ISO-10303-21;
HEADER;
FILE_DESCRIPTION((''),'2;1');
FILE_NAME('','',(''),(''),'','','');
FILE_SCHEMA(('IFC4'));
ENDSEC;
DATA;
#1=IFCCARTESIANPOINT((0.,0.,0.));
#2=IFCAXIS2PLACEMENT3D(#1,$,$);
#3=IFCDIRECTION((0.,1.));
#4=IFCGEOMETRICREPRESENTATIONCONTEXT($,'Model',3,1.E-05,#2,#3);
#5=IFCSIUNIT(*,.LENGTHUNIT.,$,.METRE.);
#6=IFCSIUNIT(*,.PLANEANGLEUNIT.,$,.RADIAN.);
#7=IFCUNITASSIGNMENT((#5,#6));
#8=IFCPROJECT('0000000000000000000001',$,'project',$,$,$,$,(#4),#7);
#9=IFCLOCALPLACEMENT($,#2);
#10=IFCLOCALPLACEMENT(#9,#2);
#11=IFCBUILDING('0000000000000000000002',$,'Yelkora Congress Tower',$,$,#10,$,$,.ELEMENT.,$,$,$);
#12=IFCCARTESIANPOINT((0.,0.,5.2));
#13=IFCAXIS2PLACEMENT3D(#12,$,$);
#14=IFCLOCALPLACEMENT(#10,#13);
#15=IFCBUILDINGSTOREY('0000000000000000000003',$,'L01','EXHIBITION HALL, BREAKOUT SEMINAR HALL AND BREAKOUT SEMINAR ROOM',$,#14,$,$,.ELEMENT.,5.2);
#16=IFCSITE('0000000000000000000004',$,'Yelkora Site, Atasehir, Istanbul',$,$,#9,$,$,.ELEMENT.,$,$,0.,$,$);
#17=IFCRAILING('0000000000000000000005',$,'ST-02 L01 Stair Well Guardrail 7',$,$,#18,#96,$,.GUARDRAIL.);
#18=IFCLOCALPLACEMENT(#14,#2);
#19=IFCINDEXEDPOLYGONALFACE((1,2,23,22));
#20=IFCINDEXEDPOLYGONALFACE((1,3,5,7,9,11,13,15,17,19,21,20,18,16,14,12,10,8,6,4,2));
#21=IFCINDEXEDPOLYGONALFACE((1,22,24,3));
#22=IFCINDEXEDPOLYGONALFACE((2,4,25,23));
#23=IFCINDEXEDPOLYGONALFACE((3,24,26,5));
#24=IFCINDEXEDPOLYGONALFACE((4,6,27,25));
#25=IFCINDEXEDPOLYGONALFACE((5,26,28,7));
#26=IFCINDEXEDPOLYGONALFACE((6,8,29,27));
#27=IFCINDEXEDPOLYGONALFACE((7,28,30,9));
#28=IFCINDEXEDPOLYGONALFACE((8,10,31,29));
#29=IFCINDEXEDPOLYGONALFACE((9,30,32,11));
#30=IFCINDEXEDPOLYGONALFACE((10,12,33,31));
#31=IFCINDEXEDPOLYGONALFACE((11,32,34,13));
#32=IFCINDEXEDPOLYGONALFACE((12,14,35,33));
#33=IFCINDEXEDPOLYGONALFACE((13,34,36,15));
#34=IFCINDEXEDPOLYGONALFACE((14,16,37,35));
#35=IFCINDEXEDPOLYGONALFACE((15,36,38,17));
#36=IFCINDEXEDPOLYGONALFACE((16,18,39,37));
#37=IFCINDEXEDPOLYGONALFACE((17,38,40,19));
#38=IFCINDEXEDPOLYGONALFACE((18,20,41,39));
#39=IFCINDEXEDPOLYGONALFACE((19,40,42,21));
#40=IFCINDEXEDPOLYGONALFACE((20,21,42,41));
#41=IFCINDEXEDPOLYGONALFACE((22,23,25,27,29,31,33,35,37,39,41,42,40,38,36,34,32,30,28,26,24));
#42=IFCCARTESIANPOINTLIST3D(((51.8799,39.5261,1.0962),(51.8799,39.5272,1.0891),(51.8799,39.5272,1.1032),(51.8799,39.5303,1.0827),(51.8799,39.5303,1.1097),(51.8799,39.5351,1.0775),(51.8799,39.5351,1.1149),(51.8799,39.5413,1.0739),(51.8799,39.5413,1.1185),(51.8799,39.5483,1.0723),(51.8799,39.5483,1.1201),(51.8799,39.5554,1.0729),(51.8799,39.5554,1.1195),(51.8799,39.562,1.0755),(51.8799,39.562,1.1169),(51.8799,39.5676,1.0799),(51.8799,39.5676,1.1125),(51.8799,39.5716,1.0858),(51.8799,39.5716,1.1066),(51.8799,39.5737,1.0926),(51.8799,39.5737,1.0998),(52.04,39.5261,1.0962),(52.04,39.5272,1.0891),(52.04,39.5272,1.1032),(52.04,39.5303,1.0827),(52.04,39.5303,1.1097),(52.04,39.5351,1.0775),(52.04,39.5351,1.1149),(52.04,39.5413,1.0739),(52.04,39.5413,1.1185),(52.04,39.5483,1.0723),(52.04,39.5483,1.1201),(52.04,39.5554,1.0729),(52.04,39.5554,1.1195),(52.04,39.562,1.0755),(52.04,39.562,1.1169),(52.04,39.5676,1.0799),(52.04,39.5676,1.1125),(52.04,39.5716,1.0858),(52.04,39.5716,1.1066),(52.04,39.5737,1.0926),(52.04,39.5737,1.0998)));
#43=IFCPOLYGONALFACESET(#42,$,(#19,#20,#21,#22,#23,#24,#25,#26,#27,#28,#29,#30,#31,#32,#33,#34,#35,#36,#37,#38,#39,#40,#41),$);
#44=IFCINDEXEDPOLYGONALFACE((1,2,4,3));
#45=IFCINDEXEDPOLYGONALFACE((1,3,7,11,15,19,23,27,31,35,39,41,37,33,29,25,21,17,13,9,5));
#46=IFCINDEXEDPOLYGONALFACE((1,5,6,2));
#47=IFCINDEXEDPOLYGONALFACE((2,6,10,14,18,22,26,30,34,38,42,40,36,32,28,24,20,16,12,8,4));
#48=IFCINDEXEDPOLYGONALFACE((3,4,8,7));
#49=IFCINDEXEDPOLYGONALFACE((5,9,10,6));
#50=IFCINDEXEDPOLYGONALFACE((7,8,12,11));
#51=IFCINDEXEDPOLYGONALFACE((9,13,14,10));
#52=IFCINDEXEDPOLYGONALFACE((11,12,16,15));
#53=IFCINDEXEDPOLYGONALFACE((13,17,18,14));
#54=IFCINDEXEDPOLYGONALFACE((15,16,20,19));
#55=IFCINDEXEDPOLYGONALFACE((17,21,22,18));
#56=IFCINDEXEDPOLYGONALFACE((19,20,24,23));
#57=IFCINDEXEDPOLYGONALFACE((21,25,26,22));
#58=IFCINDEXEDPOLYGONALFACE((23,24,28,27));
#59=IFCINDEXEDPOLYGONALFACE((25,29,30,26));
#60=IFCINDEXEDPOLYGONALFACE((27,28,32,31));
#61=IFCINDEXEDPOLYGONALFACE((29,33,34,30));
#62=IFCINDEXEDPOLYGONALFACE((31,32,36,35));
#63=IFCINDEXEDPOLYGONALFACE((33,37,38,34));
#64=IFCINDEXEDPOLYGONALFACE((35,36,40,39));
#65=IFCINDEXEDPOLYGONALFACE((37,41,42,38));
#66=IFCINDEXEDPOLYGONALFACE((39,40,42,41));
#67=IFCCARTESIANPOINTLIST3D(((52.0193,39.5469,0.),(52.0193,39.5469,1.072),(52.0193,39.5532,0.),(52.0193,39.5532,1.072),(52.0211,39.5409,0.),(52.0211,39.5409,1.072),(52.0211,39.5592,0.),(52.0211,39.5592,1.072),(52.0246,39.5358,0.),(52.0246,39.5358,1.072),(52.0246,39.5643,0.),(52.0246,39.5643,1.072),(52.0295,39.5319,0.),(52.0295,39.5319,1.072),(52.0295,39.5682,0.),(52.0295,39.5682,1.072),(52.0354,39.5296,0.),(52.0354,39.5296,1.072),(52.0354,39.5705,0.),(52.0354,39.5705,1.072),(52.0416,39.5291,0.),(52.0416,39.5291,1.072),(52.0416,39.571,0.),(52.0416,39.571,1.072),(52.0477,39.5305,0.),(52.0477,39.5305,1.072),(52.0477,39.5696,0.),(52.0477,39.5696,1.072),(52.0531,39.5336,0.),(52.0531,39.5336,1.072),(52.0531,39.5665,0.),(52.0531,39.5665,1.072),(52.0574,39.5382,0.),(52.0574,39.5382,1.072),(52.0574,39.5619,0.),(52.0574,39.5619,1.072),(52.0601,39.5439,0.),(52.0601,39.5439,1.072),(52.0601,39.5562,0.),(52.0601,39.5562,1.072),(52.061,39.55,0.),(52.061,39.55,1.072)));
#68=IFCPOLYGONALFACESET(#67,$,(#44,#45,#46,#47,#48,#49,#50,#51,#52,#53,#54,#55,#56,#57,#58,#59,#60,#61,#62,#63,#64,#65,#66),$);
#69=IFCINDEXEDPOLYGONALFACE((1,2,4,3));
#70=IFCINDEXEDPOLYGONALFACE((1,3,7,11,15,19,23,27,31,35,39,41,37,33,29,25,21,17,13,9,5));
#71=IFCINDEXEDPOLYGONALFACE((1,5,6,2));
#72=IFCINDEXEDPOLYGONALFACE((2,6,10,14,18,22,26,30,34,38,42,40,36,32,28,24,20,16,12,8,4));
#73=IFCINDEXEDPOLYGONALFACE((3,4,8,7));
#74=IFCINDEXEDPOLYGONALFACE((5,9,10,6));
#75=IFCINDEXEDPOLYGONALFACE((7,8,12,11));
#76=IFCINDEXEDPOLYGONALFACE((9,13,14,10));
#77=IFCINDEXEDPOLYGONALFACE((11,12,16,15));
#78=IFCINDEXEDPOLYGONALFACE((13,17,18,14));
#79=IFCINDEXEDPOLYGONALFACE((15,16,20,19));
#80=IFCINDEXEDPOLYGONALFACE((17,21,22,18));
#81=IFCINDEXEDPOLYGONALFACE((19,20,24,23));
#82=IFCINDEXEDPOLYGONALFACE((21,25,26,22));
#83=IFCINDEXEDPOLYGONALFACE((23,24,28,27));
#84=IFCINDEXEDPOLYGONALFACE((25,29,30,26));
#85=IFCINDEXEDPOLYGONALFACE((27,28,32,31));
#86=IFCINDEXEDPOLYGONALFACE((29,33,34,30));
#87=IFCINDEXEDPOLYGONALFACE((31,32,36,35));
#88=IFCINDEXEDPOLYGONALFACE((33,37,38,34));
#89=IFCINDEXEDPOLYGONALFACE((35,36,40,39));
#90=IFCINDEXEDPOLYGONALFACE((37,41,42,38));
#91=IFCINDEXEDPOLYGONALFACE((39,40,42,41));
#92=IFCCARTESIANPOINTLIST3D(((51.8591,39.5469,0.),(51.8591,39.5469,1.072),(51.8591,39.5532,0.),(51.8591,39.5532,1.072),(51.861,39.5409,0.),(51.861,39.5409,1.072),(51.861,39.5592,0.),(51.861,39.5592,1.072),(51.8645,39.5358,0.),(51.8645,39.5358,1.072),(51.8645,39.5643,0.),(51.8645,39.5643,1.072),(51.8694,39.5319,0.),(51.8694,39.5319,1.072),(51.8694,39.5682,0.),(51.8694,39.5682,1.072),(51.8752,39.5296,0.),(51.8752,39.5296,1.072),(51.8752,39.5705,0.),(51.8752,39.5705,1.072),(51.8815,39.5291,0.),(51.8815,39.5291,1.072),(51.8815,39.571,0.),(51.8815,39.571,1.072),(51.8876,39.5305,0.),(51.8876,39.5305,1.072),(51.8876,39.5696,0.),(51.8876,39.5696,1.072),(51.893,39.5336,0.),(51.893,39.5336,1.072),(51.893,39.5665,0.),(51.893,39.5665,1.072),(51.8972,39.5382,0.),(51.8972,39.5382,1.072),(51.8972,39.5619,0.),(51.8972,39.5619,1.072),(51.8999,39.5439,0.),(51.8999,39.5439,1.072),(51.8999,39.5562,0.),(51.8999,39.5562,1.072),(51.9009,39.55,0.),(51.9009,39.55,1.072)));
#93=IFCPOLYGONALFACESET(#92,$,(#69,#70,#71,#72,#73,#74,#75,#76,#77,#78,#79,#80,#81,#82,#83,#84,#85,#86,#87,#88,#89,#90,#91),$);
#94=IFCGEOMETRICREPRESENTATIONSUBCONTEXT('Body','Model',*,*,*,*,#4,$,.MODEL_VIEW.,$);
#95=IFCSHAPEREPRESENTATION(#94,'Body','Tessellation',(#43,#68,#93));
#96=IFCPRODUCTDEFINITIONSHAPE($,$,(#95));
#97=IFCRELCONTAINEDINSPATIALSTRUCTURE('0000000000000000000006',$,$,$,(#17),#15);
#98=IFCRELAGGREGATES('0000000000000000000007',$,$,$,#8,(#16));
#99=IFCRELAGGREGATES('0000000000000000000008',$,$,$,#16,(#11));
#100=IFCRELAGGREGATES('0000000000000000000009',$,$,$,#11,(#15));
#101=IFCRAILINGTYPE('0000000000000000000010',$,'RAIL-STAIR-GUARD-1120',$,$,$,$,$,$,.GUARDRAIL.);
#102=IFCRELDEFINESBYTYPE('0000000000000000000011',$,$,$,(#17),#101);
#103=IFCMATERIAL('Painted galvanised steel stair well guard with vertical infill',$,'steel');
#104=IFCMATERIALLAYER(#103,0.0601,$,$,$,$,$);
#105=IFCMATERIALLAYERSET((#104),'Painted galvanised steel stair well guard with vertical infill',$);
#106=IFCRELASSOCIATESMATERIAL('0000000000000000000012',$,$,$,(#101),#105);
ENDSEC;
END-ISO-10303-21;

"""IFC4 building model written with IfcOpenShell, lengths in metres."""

from ifc_helpers import new_model, si_unit, direction, frame, origin, origin_2d, place, context, subcontext, project, spatial, circle, extrude, material, layer, layer_set, type_object, element, save


model = new_model("IFC4")

# Units and contexts
model_context = context("Model", 3, precision=1e-05, world=origin(), true_north=direction((0.0, 1.0)))
body_context = subcontext(model_context, "Body", "Model", "MODEL_VIEW")
ifc_project = project(units=[si_unit("LENGTHUNIT", "METRE"), si_unit("PLANEANGLEUNIT", "RADIAN")], contexts=[model_context])

# Site, building, storey
site_placement = place(None, origin())
site = spatial("IfcSite", under=ifc_project, at=site_placement, Name="Yelkora Site, Atasehir, Istanbul", CompositionType="ELEMENT", RefElevation=0.0)
building_placement = place(site_placement, origin())
building = spatial("IfcBuilding", under=site, at=building_placement, Name="Yelkora Congress Tower", CompositionType="ELEMENT")
storey_placement = place(building_placement, frame((0.0, 0.0, 5.2)))
storey = spatial("IfcBuildingStorey", under=building, at=storey_placement, Name="L01", Description="EXHIBITION HALL, BREAKOUT SEMINAR HALL AND BREAKOUT SEMINAR ROOM", CompositionType="ELEMENT", Elevation=5.2)

# Railing
ifc_material_1 = material(Name="Painted galvanised steel stair well guard with vertical infill", Category="steel")
ifc_layer_1 = layer(ifc_material_1, 0.0601)
ifc_layer_set_1 = layer_set([ifc_layer_1], Name="Painted galvanised steel stair well guard with vertical infill")
railing_type_1 = type_object("IfcRailingType", Name="RAIL-STAIR-GUARD-1120", PredefinedType="GUARDRAIL", material=ifc_layer_set_1)
railing_1_placement = place(storey_placement, frame((52.04, 39.55, 0.0)))
element("IfcRailing", 1, at=railing_1_placement, inside=storey, type_object=railing_type_1, Name="ST-02 L01 Stair Well Guardrail 7", PredefinedType="GUARDRAIL", context=body_context, shape_type="SweptSolid", body=[
    extrude(circle(Radius=0.0239, at=origin_2d()), frame((0.0, 0.0, 1.0962), z_axis=(-1.0, 0.0, 0.0), x_axis=(0.0, -1.0, 0.0)), (0.0, 0.0, 1.0), 0.1602),
    extrude(circle(Radius=0.021, at=origin_2d()), origin(), (0.0, 0.0, 1.0), 1.072),
    extrude(circle(Radius=0.021, at=origin_2d()), frame((-0.1602, 0.0, 0.0)), (0.0, 0.0, 1.0), 1.072),
])

save(model, "model.ifc")
